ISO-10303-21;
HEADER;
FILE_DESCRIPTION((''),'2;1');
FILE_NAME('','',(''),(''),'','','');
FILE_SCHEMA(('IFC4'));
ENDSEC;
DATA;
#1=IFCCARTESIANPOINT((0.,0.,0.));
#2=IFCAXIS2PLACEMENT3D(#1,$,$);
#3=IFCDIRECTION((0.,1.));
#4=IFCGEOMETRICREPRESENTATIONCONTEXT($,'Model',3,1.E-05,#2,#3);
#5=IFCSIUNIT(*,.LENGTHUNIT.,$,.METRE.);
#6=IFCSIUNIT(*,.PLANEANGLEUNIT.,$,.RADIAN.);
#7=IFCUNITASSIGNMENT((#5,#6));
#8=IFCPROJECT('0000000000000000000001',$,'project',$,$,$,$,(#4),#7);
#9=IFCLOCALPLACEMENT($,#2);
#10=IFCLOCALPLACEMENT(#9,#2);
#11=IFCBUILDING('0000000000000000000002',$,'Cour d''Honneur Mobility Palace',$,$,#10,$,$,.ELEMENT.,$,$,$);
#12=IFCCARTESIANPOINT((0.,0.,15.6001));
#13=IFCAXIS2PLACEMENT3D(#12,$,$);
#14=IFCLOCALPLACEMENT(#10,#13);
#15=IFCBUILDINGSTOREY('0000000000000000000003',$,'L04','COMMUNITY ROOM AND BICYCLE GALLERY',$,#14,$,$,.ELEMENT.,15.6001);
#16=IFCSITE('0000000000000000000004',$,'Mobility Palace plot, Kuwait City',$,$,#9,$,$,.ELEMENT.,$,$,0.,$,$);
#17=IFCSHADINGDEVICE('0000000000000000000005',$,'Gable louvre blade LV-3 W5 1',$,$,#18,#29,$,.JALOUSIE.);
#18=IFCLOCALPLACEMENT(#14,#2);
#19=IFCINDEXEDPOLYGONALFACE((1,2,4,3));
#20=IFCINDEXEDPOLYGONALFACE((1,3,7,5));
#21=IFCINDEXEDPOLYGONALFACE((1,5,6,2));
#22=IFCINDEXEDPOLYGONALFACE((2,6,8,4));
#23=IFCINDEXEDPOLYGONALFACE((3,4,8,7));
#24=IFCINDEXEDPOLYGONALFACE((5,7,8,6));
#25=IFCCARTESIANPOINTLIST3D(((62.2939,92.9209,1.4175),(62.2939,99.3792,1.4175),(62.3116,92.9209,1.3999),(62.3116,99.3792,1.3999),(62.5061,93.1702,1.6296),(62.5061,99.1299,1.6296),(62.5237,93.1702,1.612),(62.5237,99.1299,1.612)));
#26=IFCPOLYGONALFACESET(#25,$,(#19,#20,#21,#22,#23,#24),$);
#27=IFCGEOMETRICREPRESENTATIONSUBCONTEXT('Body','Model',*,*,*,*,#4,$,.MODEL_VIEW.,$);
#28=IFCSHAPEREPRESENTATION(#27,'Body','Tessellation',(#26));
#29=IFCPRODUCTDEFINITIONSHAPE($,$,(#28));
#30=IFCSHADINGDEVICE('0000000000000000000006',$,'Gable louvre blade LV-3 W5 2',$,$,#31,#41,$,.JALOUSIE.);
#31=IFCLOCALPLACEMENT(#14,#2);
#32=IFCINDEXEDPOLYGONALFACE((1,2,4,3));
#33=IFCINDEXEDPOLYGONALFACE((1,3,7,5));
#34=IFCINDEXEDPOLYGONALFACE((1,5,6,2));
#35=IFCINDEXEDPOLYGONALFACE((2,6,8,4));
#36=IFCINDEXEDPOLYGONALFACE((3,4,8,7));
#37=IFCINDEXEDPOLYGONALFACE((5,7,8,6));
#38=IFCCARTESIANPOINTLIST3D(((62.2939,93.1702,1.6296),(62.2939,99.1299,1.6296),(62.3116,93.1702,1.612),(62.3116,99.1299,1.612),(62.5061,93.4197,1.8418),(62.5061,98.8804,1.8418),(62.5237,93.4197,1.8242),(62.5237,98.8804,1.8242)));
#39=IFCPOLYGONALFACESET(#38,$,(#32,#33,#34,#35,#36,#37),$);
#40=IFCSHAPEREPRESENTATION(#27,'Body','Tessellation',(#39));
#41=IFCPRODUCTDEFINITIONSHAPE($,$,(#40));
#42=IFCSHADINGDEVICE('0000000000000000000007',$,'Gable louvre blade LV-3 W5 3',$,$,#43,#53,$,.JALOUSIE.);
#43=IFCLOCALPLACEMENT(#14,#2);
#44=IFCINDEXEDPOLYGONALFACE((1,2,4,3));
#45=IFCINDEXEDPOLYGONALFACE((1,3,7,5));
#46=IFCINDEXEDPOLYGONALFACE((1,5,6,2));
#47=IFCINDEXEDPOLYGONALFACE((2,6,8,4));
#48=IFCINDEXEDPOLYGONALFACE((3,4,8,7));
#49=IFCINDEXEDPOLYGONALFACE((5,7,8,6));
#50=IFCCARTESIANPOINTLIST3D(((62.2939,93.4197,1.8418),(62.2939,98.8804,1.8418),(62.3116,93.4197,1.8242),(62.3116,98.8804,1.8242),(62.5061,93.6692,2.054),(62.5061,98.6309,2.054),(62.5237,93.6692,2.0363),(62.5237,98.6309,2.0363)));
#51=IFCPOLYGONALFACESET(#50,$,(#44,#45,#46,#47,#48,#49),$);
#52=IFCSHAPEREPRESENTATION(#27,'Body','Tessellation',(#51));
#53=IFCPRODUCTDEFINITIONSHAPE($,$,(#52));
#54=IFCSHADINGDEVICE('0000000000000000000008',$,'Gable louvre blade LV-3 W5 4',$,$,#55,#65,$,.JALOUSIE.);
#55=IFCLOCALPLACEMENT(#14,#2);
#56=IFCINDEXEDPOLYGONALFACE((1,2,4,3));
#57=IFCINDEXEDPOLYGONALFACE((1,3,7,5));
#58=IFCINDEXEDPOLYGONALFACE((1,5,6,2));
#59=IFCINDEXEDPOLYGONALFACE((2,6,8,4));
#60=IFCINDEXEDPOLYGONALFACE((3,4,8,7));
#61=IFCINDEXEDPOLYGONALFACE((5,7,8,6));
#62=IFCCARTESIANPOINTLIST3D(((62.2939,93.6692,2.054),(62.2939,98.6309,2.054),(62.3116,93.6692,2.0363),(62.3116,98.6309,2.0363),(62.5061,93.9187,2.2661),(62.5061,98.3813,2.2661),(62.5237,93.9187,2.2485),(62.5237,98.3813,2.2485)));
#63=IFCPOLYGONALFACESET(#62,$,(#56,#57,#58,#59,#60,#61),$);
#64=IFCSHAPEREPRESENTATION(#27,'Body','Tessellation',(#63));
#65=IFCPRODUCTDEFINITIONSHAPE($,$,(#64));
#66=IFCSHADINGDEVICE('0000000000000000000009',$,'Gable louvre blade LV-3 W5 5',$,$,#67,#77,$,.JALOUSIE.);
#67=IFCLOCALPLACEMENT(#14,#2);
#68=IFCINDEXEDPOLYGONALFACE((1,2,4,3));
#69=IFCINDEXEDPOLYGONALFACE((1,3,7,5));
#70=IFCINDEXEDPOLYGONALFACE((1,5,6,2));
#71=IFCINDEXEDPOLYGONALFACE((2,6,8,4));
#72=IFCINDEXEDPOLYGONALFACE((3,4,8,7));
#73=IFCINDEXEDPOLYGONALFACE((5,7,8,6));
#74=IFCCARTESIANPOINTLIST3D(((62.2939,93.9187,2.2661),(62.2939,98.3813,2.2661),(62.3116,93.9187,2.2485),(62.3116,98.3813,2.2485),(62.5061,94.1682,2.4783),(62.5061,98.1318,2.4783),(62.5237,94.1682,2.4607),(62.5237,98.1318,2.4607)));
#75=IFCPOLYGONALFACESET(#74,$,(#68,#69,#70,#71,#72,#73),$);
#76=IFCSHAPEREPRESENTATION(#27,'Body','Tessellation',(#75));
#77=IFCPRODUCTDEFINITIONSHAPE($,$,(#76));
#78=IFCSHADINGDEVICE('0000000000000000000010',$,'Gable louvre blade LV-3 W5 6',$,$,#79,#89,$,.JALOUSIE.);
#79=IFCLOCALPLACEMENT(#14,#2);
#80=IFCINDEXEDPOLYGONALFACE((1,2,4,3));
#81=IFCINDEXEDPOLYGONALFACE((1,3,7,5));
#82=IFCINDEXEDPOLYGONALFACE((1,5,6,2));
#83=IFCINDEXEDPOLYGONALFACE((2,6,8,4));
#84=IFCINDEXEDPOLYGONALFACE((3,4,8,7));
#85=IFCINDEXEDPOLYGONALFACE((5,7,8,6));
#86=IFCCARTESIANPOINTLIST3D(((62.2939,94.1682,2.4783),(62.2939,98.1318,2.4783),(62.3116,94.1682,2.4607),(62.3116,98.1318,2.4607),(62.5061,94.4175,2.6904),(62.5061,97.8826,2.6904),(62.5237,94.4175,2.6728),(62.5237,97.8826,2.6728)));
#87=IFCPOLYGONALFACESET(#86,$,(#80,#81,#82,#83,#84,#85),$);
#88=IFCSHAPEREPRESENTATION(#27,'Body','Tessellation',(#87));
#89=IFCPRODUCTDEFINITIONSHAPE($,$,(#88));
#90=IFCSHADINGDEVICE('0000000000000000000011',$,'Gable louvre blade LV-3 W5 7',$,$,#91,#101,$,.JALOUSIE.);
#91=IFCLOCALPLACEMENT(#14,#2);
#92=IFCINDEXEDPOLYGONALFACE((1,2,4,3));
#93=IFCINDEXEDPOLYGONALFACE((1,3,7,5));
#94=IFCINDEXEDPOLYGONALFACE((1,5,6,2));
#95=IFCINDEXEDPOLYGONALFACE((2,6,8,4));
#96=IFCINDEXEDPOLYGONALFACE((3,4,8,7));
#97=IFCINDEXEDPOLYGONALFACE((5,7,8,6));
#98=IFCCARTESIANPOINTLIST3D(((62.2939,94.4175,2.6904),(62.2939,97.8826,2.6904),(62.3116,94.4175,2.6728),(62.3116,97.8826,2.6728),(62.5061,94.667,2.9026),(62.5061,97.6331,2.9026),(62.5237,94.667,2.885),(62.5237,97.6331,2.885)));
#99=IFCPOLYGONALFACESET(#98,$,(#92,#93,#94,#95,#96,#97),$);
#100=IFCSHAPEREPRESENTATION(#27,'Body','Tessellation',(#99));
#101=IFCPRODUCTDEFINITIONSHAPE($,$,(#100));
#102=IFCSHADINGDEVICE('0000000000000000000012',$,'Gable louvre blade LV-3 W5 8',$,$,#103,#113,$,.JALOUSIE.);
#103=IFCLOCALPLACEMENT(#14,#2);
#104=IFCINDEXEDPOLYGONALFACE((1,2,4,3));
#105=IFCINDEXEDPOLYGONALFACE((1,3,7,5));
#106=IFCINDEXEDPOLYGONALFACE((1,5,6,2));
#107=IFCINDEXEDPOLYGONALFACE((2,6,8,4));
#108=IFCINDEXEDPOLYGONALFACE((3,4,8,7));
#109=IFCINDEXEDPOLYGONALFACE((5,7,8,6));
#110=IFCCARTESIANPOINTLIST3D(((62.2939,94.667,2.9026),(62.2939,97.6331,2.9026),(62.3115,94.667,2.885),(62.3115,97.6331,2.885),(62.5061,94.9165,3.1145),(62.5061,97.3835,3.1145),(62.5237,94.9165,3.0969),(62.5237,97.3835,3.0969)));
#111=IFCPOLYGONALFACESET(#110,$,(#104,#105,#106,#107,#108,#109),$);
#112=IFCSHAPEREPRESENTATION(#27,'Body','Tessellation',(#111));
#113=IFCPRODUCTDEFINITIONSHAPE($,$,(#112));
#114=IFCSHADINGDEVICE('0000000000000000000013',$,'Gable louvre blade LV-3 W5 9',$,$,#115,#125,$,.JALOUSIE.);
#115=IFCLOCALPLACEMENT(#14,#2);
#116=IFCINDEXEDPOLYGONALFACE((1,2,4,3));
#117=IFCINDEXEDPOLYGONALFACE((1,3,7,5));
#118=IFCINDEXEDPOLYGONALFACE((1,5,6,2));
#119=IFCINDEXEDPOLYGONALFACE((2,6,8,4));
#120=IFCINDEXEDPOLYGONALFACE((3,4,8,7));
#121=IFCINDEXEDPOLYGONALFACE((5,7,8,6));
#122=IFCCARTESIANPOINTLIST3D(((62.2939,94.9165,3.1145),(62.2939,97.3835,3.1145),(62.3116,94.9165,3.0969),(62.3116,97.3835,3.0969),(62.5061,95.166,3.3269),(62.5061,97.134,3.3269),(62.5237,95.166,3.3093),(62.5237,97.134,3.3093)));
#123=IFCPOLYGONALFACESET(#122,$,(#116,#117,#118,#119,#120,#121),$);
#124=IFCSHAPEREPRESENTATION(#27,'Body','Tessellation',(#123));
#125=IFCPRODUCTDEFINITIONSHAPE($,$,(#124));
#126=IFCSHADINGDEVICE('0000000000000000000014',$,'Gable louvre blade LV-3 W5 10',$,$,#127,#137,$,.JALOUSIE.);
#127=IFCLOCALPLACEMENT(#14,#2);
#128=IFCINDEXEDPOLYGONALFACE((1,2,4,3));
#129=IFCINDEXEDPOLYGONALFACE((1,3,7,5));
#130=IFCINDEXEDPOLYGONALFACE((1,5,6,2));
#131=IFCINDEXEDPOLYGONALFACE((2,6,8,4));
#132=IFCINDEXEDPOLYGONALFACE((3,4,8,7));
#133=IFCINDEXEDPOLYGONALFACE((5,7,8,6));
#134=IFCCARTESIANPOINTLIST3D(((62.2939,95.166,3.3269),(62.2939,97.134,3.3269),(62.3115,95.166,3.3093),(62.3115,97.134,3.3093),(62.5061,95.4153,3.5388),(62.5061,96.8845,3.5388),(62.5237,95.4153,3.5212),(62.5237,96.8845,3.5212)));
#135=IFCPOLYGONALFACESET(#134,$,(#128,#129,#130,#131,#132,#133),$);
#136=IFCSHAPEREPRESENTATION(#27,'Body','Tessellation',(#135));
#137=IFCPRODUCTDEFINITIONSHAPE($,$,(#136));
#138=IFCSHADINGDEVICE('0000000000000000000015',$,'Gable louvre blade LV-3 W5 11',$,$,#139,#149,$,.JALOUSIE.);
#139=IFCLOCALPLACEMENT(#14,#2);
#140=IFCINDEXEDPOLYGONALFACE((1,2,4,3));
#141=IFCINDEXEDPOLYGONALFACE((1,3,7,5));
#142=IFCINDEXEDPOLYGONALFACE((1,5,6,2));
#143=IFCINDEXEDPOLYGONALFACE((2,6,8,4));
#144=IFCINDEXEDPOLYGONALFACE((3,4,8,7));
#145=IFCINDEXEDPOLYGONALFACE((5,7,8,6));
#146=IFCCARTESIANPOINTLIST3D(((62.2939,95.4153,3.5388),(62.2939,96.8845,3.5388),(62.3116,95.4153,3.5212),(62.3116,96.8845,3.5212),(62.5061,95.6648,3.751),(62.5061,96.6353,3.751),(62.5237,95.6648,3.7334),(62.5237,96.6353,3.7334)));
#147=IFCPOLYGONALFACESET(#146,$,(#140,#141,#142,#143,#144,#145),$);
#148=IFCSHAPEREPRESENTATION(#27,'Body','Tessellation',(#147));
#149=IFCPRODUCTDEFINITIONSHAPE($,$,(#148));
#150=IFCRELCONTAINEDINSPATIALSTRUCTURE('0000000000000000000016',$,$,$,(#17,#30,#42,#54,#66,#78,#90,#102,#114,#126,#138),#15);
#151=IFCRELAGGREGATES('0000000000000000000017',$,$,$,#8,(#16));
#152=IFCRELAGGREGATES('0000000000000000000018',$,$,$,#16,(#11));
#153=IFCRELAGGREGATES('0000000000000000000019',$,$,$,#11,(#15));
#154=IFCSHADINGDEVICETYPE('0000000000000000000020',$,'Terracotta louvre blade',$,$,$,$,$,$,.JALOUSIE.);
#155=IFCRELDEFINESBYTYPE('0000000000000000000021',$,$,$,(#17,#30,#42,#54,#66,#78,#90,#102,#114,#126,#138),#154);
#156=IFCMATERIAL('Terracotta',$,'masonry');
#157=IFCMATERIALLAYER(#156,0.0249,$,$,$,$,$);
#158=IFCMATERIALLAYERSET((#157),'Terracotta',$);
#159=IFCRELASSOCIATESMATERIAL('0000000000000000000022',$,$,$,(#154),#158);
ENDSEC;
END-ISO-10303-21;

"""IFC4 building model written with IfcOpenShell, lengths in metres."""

from ifc_helpers import new_model, si_unit, direction, frame, origin, place, context, subcontext, project, spatial, polyline, outline, extrude, material, layer, layer_set, type_object, element, save


model = new_model("IFC4")

# Units and contexts
model_context = context("Model", 3, precision=1e-05, world=origin(), true_north=direction((0.0, 1.0)))
body_context = subcontext(model_context, "Body", "Model", "MODEL_VIEW")
ifc_project = project(units=[si_unit("LENGTHUNIT", "METRE"), si_unit("PLANEANGLEUNIT", "RADIAN")], contexts=[model_context])

# Site, building, storey
site_placement = place(None, origin())
site = spatial("IfcSite", under=ifc_project, at=site_placement, Name="Mobility Palace plot, Kuwait City", CompositionType="ELEMENT", RefElevation=0.0)
building_placement = place(site_placement, origin())
building = spatial("IfcBuilding", under=site, at=building_placement, Name="Cour d'Honneur Mobility Palace", CompositionType="ELEMENT")
storey_placement = place(building_placement, frame((0.0, 0.0, 15.6001)))
storey = spatial("IfcBuildingStorey", under=building, at=storey_placement, Name="L04", Description="COMMUNITY ROOM AND BICYCLE GALLERY", CompositionType="ELEMENT", Elevation=15.6001)

# Shading devices
ifc_material_1 = material(Name="Terracotta", Category="masonry")
ifc_layer_1 = layer(ifc_material_1, 0.0249)
ifc_layer_set_1 = layer_set([ifc_layer_1], Name="Terracotta")
shading_device_type = type_object("IfcShadingDeviceType", Name="Terracotta louvre blade", PredefinedType="JALOUSIE", material=ifc_layer_set_1)
shading_device_1_placement = place(storey_placement, frame((62.2939, 92.9209, 1.4175), z_axis=(-0.707107, 0.0, 0.707107), x_axis=(0.0, 1.0, 0.0)))
element("IfcShadingDevice", 1, at=shading_device_1_placement, inside=storey, type_object=shading_device_type, Name="Gable louvre blade LV-3 W5 1", PredefinedType="JALOUSIE", context=body_context, shape_type="SweptSolid", body=[
    extrude(outline(polyline([(0.0, 0.0), (6.4583, 0.0), (6.209, -0.3), (0.2493, -0.3), (0.0, 0.0)])), origin(), (0.0, 0.0, -1.0), 0.0249),
])
shading_device_2_placement = place(storey_placement, frame((62.2939, 93.1702, 1.6296), z_axis=(-0.707107, 0.0, 0.707107), x_axis=(0.0, 1.0, 0.0)))
element("IfcShadingDevice", 2, at=shading_device_2_placement, inside=storey, type_object=shading_device_type, Name="Gable louvre blade LV-3 W5 2", PredefinedType="JALOUSIE", context=body_context, shape_type="SweptSolid", body=[
    extrude(outline(polyline([(0.0, 0.0), (5.9597, 0.0), (5.7102, -0.3), (0.2495, -0.3), (0.0, 0.0)])), origin(), (0.0, 0.0, -1.0), 0.0249),
])
shading_device_3_placement = place(storey_placement, frame((62.2939, 93.4197, 1.8418), z_axis=(-0.707107, 0.0, 0.707107), x_axis=(0.0, 1.0, 0.0)))
element("IfcShadingDevice", 3, at=shading_device_3_placement, inside=storey, type_object=shading_device_type, Name="Gable louvre blade LV-3 W5 3", PredefinedType="JALOUSIE", context=body_context, shape_type="SweptSolid", body=[
    extrude(outline(polyline([(0.0, 0.0), (5.4607, 0.0), (5.2112, -0.3), (0.2495, -0.3), (0.0, 0.0)])), origin(), (0.0, 0.0, -1.0), 0.0249),
])
shading_device_4_placement = place(storey_placement, frame((62.2939, 93.6692, 2.054), z_axis=(-0.707107, 0.0, 0.707107), x_axis=(0.0, 1.0, 0.0)))
element("IfcShadingDevice", 4, at=shading_device_4_placement, inside=storey, type_object=shading_device_type, Name="Gable louvre blade LV-3 W5 4", PredefinedType="JALOUSIE", context=body_context, shape_type="SweptSolid", body=[
    extrude(outline(polyline([(0.0, 0.0), (4.9617, 0.0), (4.7122, -0.3), (0.2495, -0.3), (0.0, 0.0)])), origin(), (0.0, 0.0, -1.0), 0.0249),
])
shading_device_5_placement = place(storey_placement, frame((62.2939, 93.9187, 2.2661), z_axis=(-0.707107, 0.0, 0.707107), x_axis=(0.0, 1.0, 0.0)))
element("IfcShadingDevice", 5, at=shading_device_5_placement, inside=storey, type_object=shading_device_type, Name="Gable louvre blade LV-3 W5 5", PredefinedType="JALOUSIE", context=body_context, shape_type="SweptSolid", body=[
    extrude(outline(polyline([(0.0, 0.0), (4.4626, 0.0), (4.2131, -0.3), (0.2495, -0.3), (0.0, 0.0)])), origin(), (0.0, 0.0, -1.0), 0.0249),
])
shading_device_6_placement = place(storey_placement, frame((62.2939, 94.1682, 2.4783), z_axis=(-0.707107, 0.0, 0.707107), x_axis=(0.0, 1.0, 0.0)))
element("IfcShadingDevice", 6, at=shading_device_6_placement, inside=storey, type_object=shading_device_type, Name="Gable louvre blade LV-3 W5 6", PredefinedType="JALOUSIE", context=body_context, shape_type="SweptSolid", body=[
    extrude(outline(polyline([(0.0, 0.0), (3.9636, 0.0), (3.7144, -0.3), (0.2493, -0.3), (0.0, 0.0)])), origin(), (0.0, 0.0, -1.0), 0.0249),
])
shading_device_7_placement = place(storey_placement, frame((62.2939, 94.4175, 2.6904), z_axis=(-0.707107, 0.0, 0.707107), x_axis=(0.0, 1.0, 0.0)))
element("IfcShadingDevice", 7, at=shading_device_7_placement, inside=storey, type_object=shading_device_type, Name="Gable louvre blade LV-3 W5 7", PredefinedType="JALOUSIE", context=body_context, shape_type="SweptSolid", body=[
    extrude(outline(polyline([(0.0, 0.0), (3.4651, 0.0), (3.2156, -0.3), (0.2495, -0.3), (0.0, 0.0)])), origin(), (0.0, 0.0, -1.0), 0.0249),
])
shading_device_8_placement = place(storey_placement, frame((62.2939, 94.667, 2.9026), z_axis=(-0.7067, 0.0, 0.707514), x_axis=(0.0, 1.0, 0.0)))
element("IfcShadingDevice", 8, at=shading_device_8_placement, inside=storey, type_object=shading_device_type, Name="Gable louvre blade LV-3 W5 8", PredefinedType="JALOUSIE", context=body_context, shape_type="SweptSolid", body=[
    extrude(outline(polyline([(0.0, 0.0), (2.9661, 0.0), (2.7166, -0.2999), (0.2495, -0.2999), (0.0, 0.0)])), origin(), (0.0, 0.0, -1.0), 0.0249),
])
shading_device_9_placement = place(storey_placement, frame((62.2939, 94.9165, 3.1145), z_axis=(-0.707513, 0.0, 0.7067), x_axis=(0.0, 1.0, 0.0)))
element("IfcShadingDevice", 9, at=shading_device_9_placement, inside=storey, type_object=shading_device_type, Name="Gable louvre blade LV-3 W5 9", PredefinedType="JALOUSIE", context=body_context, shape_type="SweptSolid", body=[
    extrude(outline(polyline([(0.0, 0.0), (2.467, 0.0), (2.2175, -0.3002), (0.2495, -0.3002), (0.0, 0.0)])), origin(), (0.0, 0.0, -1.0), 0.0249),
])
shading_device_10_placement = place(storey_placement, frame((62.2939, 95.166, 3.3269), z_axis=(-0.7067, 0.0, 0.707514), x_axis=(0.0, 1.0, 0.0)))
element("IfcShadingDevice", 10, at=shading_device_10_placement, inside=storey, type_object=shading_device_type, Name="Gable louvre blade LV-3 W5 10", PredefinedType="JALOUSIE", context=body_context, shape_type="SweptSolid", body=[
    extrude(outline(polyline([(0.0, 0.0), (1.968, 0.0), (1.7185, -0.2999), (0.2493, -0.2999), (0.0, 0.0)])), origin(), (0.0, 0.0, -1.0), 0.0249),
])
shading_device_11_placement = place(storey_placement, frame((62.2939, 95.4153, 3.5388), z_axis=(-0.707107, 0.0, 0.707107), x_axis=(0.0, 1.0, 0.0)))
element("IfcShadingDevice", 11, at=shading_device_11_placement, inside=storey, type_object=shading_device_type, Name="Gable louvre blade LV-3 W5 11", PredefinedType="JALOUSIE", context=body_context, shape_type="SweptSolid", body=[
    extrude(outline(polyline([(0.0, 0.0), (1.4692, 0.0), (1.22, -0.3), (0.2495, -0.3), (0.0, 0.0)])), origin(), (0.0, 0.0, -1.0), 0.0249),
])

save(model, "model.ifc")
